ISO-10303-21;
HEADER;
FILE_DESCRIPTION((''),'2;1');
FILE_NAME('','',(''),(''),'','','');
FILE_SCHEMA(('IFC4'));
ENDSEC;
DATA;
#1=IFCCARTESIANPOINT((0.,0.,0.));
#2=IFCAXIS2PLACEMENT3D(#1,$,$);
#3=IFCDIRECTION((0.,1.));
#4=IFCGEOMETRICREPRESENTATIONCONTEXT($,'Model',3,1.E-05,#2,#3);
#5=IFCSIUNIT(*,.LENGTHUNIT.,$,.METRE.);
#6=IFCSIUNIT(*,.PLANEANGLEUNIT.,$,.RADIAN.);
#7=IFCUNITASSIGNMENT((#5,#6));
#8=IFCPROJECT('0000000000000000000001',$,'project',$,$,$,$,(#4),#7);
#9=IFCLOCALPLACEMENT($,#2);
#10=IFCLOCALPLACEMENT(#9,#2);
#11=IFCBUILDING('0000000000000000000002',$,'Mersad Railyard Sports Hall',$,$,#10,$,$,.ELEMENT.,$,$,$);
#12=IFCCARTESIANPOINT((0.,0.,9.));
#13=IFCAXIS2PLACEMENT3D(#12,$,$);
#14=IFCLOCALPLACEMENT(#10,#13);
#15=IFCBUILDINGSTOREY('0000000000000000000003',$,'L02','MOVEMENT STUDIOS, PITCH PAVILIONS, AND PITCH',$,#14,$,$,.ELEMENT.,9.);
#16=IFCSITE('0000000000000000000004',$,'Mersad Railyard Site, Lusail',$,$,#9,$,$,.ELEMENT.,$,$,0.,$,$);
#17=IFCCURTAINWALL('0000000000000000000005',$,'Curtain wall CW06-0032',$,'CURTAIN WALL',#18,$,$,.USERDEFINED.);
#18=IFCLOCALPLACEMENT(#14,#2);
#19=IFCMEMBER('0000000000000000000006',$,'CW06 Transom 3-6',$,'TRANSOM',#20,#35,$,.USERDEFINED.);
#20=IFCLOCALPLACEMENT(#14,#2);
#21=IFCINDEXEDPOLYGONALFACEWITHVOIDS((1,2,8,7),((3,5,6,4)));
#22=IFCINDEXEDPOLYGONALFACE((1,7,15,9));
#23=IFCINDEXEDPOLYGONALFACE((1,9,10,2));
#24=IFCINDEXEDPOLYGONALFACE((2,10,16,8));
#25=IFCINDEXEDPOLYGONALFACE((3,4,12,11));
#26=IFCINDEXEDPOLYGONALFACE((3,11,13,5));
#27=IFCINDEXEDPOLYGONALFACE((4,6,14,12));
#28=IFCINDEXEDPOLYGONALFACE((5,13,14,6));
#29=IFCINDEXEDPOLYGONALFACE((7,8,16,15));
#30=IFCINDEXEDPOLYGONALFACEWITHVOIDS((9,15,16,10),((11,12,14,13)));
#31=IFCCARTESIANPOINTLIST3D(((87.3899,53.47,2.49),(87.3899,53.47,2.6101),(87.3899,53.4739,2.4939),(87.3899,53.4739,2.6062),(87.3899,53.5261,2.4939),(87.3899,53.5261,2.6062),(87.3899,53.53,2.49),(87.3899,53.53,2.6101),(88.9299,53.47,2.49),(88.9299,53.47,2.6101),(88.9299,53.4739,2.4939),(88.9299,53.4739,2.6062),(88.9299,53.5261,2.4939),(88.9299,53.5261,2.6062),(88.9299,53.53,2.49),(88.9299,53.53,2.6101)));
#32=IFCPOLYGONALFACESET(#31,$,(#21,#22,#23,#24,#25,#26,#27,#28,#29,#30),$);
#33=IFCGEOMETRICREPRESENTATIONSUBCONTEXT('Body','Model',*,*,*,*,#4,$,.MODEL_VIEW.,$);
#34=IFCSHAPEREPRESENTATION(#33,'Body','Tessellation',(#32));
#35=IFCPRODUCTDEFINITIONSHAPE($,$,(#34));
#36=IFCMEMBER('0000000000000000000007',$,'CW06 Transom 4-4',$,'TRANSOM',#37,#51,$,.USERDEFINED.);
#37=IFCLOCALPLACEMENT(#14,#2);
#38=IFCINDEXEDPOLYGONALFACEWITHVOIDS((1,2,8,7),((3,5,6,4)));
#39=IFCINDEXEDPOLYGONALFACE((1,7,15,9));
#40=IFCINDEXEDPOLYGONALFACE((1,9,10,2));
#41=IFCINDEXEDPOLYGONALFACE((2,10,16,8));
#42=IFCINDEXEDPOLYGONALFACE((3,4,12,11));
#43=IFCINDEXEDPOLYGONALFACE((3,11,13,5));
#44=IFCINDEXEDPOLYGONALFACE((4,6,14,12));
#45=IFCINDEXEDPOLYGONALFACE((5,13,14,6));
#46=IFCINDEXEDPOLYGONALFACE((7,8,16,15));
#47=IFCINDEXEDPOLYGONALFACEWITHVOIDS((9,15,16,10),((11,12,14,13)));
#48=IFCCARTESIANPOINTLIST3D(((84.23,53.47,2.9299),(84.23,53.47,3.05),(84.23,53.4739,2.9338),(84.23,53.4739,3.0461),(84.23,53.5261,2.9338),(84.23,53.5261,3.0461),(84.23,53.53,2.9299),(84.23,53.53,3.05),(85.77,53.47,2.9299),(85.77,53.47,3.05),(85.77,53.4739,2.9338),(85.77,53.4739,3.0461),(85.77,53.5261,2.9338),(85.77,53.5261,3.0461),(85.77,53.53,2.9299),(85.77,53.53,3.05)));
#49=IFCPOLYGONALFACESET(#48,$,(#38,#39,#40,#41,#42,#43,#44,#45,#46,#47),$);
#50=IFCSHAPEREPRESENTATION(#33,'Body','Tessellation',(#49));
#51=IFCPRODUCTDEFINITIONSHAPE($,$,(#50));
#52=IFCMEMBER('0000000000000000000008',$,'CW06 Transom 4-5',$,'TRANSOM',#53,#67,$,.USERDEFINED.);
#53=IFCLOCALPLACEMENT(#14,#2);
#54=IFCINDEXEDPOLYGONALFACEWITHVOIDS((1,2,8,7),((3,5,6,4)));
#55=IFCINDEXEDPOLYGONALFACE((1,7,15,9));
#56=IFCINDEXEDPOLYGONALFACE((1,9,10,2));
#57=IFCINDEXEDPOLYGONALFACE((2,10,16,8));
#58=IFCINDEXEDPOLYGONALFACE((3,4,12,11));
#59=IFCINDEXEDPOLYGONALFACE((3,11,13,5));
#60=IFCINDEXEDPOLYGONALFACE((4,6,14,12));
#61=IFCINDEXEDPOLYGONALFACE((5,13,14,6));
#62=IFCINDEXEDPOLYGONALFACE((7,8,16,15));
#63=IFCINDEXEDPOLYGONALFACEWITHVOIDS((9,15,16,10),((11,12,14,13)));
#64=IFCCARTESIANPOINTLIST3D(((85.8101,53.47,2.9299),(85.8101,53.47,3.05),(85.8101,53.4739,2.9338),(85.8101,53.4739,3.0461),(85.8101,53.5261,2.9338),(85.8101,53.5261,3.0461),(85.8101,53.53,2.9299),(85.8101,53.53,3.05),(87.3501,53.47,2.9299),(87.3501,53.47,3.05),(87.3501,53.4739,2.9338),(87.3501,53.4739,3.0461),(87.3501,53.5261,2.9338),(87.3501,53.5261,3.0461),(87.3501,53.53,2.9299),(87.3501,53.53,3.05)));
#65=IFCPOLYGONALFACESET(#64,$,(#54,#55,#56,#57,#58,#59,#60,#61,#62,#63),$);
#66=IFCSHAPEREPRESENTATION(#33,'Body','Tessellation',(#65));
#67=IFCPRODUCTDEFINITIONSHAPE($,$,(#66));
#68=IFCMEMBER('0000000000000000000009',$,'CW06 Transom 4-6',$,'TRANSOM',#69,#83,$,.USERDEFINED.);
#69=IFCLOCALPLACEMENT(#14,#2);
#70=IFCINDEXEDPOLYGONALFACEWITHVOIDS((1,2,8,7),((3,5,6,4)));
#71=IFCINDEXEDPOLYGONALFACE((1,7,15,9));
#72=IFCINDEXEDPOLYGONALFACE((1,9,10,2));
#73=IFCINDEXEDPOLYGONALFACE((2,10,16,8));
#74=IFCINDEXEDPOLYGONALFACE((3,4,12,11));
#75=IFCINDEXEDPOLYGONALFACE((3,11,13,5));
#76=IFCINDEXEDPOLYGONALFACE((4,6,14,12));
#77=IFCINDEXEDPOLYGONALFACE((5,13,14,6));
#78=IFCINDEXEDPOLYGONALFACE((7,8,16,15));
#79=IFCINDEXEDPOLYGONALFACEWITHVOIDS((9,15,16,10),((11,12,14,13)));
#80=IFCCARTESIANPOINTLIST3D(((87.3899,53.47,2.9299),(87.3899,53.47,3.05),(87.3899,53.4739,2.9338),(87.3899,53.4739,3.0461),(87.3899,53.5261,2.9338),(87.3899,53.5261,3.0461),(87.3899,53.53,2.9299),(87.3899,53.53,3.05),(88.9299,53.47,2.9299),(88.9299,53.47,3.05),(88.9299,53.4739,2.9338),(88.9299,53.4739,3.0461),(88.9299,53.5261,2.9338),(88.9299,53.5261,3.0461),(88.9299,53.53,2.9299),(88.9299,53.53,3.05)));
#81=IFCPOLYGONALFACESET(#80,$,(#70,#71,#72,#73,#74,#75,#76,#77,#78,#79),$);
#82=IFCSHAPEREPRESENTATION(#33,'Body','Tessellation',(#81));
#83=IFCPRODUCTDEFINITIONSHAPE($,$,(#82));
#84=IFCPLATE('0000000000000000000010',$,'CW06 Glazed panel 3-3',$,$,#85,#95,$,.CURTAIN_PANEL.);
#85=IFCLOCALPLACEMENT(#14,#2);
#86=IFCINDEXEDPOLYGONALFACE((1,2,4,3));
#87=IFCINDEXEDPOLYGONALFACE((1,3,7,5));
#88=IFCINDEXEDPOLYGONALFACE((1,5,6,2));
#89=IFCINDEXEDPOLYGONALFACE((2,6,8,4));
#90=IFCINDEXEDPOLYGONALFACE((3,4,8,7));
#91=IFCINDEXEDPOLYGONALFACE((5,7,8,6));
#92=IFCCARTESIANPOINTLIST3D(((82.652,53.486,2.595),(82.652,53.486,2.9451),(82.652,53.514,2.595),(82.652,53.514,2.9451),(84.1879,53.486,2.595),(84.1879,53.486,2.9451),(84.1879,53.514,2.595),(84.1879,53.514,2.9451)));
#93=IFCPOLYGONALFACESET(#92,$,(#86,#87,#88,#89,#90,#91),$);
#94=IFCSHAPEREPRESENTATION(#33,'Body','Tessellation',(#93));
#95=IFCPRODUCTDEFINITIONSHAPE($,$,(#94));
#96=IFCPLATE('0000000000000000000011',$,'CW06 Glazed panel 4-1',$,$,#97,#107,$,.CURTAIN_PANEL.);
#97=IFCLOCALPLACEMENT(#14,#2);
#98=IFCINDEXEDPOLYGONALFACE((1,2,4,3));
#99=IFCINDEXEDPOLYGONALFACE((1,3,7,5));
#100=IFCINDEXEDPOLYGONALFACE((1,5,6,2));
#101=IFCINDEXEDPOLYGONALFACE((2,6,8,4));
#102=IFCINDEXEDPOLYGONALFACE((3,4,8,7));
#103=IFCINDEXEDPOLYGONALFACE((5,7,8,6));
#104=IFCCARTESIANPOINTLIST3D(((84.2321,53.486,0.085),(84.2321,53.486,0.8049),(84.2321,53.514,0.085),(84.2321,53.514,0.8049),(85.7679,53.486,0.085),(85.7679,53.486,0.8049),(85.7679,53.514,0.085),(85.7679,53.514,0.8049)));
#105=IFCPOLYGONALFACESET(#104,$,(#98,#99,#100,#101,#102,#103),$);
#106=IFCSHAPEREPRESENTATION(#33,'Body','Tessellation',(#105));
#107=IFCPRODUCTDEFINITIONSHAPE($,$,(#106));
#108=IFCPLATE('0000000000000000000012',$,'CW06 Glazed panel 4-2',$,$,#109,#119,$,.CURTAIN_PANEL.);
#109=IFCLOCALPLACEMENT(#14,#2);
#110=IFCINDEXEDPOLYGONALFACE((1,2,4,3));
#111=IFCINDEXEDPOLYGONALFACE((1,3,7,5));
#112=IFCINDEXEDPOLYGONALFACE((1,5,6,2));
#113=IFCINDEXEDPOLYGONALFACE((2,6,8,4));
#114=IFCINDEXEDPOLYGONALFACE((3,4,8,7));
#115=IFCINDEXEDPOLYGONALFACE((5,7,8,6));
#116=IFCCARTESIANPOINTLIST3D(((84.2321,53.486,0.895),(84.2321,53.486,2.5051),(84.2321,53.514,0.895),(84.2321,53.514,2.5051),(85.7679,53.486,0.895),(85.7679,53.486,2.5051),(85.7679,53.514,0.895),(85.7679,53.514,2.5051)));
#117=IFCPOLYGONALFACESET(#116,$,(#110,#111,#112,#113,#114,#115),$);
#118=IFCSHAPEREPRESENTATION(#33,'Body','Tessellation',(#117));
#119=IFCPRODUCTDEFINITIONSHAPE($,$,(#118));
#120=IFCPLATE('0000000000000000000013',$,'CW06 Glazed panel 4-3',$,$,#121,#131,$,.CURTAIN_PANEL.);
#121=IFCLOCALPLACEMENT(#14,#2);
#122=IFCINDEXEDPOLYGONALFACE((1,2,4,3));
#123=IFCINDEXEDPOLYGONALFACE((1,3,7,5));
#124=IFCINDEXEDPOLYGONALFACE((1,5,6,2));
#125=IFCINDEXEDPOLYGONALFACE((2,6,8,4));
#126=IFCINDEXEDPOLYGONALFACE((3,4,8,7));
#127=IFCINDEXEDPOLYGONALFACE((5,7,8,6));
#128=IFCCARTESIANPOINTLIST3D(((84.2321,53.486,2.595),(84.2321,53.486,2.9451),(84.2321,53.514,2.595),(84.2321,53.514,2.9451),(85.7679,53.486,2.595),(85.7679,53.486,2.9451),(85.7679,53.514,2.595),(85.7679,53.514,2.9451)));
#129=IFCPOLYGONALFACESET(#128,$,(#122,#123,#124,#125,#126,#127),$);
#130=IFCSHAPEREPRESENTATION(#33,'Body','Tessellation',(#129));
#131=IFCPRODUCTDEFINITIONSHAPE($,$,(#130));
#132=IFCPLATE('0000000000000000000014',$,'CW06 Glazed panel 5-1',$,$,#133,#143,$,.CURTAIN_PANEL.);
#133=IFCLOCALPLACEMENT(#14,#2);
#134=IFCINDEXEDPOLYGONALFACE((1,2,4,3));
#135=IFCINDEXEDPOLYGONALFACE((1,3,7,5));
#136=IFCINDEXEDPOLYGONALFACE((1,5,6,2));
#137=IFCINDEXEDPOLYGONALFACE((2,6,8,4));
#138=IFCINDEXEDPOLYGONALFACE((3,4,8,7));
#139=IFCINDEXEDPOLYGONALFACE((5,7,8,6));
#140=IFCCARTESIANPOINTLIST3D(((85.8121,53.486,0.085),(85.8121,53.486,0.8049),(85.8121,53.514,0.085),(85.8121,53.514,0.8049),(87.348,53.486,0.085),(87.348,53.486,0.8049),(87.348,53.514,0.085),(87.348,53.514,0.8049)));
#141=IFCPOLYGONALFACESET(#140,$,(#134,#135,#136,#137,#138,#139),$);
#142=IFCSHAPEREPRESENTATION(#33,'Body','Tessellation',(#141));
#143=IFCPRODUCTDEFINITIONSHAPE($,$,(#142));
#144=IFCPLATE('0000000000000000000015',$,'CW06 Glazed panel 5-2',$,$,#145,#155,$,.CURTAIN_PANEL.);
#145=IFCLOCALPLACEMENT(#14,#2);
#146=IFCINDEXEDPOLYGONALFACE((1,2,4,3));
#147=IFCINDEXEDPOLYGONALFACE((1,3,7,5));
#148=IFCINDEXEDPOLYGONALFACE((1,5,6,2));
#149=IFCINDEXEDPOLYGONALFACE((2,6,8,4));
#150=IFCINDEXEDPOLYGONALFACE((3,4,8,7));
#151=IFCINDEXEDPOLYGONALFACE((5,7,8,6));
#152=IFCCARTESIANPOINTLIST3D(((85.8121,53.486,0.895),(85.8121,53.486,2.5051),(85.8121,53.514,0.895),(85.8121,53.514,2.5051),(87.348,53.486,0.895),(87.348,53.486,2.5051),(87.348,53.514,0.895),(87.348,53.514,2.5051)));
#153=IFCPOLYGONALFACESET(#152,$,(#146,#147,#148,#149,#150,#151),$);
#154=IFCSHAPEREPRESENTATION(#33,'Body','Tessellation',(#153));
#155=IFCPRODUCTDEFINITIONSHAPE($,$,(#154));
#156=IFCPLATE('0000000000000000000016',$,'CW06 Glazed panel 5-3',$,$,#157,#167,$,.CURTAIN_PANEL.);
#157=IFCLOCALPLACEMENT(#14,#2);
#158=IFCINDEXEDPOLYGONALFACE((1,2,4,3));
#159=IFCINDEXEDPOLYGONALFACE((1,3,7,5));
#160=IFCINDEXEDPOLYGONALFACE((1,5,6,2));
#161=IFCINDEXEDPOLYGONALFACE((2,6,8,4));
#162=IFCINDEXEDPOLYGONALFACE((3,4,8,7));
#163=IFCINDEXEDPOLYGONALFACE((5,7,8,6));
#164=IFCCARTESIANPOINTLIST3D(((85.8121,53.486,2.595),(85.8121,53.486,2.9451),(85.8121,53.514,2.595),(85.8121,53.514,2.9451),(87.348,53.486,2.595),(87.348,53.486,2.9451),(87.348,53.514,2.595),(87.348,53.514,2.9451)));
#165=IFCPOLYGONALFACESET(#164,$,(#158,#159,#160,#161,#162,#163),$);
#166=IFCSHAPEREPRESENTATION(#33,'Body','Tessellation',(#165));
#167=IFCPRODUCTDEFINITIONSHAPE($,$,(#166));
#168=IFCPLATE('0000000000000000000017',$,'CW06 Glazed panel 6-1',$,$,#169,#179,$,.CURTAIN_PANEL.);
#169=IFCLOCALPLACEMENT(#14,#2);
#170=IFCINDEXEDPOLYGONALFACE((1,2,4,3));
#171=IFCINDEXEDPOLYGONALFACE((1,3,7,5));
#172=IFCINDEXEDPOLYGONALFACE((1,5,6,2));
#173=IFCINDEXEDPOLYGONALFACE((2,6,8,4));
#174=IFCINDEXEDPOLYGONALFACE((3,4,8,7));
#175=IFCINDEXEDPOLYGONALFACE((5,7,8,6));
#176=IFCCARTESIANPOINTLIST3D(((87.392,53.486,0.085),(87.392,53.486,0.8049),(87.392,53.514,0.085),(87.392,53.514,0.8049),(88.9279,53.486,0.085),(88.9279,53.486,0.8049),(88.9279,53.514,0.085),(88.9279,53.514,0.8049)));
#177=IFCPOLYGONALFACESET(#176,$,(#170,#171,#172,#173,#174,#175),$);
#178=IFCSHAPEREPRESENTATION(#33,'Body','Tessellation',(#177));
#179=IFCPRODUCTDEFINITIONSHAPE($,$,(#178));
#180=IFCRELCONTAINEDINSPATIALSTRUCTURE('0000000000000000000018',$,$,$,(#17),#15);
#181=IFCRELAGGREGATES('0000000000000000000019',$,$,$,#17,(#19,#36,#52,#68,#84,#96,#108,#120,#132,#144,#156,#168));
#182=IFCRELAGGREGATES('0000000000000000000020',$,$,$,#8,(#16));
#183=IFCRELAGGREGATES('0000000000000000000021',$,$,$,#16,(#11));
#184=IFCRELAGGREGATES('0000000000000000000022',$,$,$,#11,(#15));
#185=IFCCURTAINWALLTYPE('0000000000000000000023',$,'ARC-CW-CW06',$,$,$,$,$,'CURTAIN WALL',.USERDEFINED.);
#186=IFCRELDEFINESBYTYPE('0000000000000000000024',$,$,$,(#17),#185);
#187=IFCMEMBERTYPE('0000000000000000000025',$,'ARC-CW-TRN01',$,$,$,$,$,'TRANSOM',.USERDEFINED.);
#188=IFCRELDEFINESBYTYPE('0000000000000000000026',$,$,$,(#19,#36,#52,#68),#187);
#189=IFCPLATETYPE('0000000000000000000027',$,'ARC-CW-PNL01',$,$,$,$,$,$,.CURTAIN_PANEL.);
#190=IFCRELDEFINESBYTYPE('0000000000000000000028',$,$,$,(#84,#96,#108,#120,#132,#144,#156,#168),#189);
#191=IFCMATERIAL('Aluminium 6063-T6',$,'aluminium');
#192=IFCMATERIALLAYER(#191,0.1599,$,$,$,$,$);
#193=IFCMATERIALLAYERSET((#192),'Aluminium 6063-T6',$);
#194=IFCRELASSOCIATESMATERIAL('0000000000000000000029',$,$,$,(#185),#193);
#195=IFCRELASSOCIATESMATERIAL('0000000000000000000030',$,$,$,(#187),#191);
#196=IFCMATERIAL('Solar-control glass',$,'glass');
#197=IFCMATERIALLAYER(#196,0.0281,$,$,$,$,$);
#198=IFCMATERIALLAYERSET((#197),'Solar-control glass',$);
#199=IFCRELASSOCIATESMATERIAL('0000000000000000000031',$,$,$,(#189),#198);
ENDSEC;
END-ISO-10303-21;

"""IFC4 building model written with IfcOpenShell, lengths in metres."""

from ifc_helpers import new_model, si_unit, direction, frame, origin, origin_2d, place, context, subcontext, project, spatial, rectangle, hollow_rectangle, extrude, material, layer, layer_set, material_profile, profile_set, type_object, element, aggregate, save


model = new_model("IFC4")

# Units and contexts
model_context = context("Model", 3, precision=1e-05, world=origin(), true_north=direction((0.0, 1.0)))
body_context = subcontext(model_context, "Body", "Model", "MODEL_VIEW")
ifc_project = project(units=[si_unit("LENGTHUNIT", "METRE"), si_unit("PLANEANGLEUNIT", "RADIAN")], contexts=[model_context])

# Site, building, storey
site_placement = place(None, origin())
site = spatial("IfcSite", under=ifc_project, at=site_placement, Name="Mersad Railyard Site, Lusail", CompositionType="ELEMENT", RefElevation=0.0)
building_placement = place(site_placement, origin())
building = spatial("IfcBuilding", under=site, at=building_placement, Name="Mersad Railyard Sports Hall", CompositionType="ELEMENT")
storey_placement = place(building_placement, frame((0.0, 0.0, 9.0)))
storey = spatial("IfcBuildingStorey", under=building, at=storey_placement, Name="L02", Description="MOVEMENT STUDIOS, PITCH PAVILIONS, AND PITCH", CompositionType="ELEMENT", Elevation=9.0)

# Curtain wall, members, plates
ifc_material_1 = material(Name="Aluminium 6063-T6", Category="aluminium")
ifc_layer_1 = layer(ifc_material_1, 0.1599)
ifc_layer_set_1 = layer_set([ifc_layer_1], Name="Aluminium 6063-T6")
curtain_wall_type = type_object("IfcCurtainWallType", Name="ARC-CW-CW06", ElementType="CURTAIN WALL", PredefinedType="USERDEFINED", material=ifc_layer_set_1)
curtain_wall_placement = place(storey_placement, origin())
curtain_wall = element("IfcCurtainWall", 1, at=curtain_wall_placement, inside=storey, type_object=curtain_wall_type, Name="Curtain wall CW06-0032", ObjectType="CURTAIN WALL", PredefinedType="USERDEFINED")
ifc_material_profile_1 = material_profile(ifc_material_1, hollow_rectangle(XDim=0.0601, YDim=0.1201, WallThickness=0.0039, at=origin_2d()), Name="AL TRANSOM 60x120x4")
ifc_profile_set_1 = profile_set([ifc_material_profile_1], Name="Aluminium 6063-T6")
member_type_1 = type_object("IfcMemberType", Name="ARC-CW-TRN01", ElementType="TRANSOM", PredefinedType="USERDEFINED", material=ifc_profile_set_1)
member_1_placement = place(storey_placement, frame((87.3899, 53.5, 2.55), z_axis=(1.0, 0.0, 0.0), x_axis=(0.0, 1.0, 0.0)))
member_1 = element("IfcMember", 2, at=member_1_placement, type_object=member_type_1, Name="CW06 Transom 3-6", ObjectType="TRANSOM", PredefinedType="USERDEFINED", context=body_context, shape_type="SweptSolid", body=[
    extrude(hollow_rectangle(XDim=0.0601, YDim=0.1201, WallThickness=0.0039, at=origin_2d()), origin(), (0.0, 0.0, 1.0), 1.54),
])
member_2_placement = place(storey_placement, frame((84.23, 53.5, 2.99), z_axis=(1.0, 0.0, 0.0), x_axis=(0.0, 1.0, 0.0)))
member_2 = element("IfcMember", 3, at=member_2_placement, type_object=member_type_1, Name="CW06 Transom 4-4", ObjectType="TRANSOM", PredefinedType="USERDEFINED", context=body_context, shape_type="SweptSolid", body=[
    extrude(hollow_rectangle(XDim=0.0601, YDim=0.1201, WallThickness=0.0039, at=origin_2d()), origin(), (0.0, 0.0, 1.0), 1.54),
])
member_3_placement = place(storey_placement, frame((85.8101, 53.5, 2.99), z_axis=(1.0, 0.0, 0.0), x_axis=(0.0, 1.0, 0.0)))
member_3 = element("IfcMember", 4, at=member_3_placement, type_object=member_type_1, Name="CW06 Transom 4-5", ObjectType="TRANSOM", PredefinedType="USERDEFINED", context=body_context, shape_type="SweptSolid", body=[
    extrude(hollow_rectangle(XDim=0.0601, YDim=0.1201, WallThickness=0.0039, at=origin_2d()), origin(), (0.0, 0.0, 1.0), 1.54),
])
member_4_placement = place(storey_placement, frame((87.3899, 53.5, 2.99), z_axis=(1.0, 0.0, 0.0), x_axis=(0.0, 1.0, 0.0)))
member_4 = element("IfcMember", 5, at=member_4_placement, type_object=member_type_1, Name="CW06 Transom 4-6", ObjectType="TRANSOM", PredefinedType="USERDEFINED", context=body_context, shape_type="SweptSolid", body=[
    extrude(hollow_rectangle(XDim=0.0601, YDim=0.1201, WallThickness=0.0039, at=origin_2d()), origin(), (0.0, 0.0, 1.0), 1.54),
])
ifc_material_2 = material(Name="Solar-control glass", Category="glass")
ifc_layer_2 = layer(ifc_material_2, 0.0281)
ifc_layer_set_2 = layer_set([ifc_layer_2], Name="Solar-control glass")
plate_type = type_object("IfcPlateType", Name="ARC-CW-PNL01", PredefinedType="CURTAIN_PANEL", material=ifc_layer_set_2)
plate_1_placement = place(storey_placement, frame((83.4199, 53.5, 2.595), z_axis=(0.0, 0.0, 1.0), x_axis=(1.0, 0.0, 0.0)))
plate_1 = element("IfcPlate", 6, at=plate_1_placement, type_object=plate_type, Name="CW06 Glazed panel 3-3", PredefinedType="CURTAIN_PANEL", context=body_context, shape_type="SweptSolid", body=[
    extrude(rectangle(XDim=1.5359, YDim=0.0281, at=origin_2d()), origin(), (0.0, 0.0, 1.0), 0.3501),
])
plate_2_placement = place(storey_placement, frame((85.0, 53.5, 0.085), z_axis=(0.0, 0.0, 1.0), x_axis=(1.0, 0.0, 0.0)))
plate_2 = element("IfcPlate", 7, at=plate_2_placement, type_object=plate_type, Name="CW06 Glazed panel 4-1", PredefinedType="CURTAIN_PANEL", context=body_context, shape_type="SweptSolid", body=[
    extrude(rectangle(XDim=1.5359, YDim=0.0281, at=origin_2d()), origin(), (0.0, 0.0, 1.0), 0.72),
])
plate_3_placement = place(storey_placement, frame((85.0, 53.5, 0.895), z_axis=(0.0, 0.0, 1.0), x_axis=(1.0, 0.0, 0.0)))
plate_3 = element("IfcPlate", 8, at=plate_3_placement, type_object=plate_type, Name="CW06 Glazed panel 4-2", PredefinedType="CURTAIN_PANEL", context=body_context, shape_type="SweptSolid", body=[
    extrude(rectangle(XDim=1.5359, YDim=0.0281, at=origin_2d()), origin(), (0.0, 0.0, 1.0), 1.6101),
])
plate_4_placement = place(storey_placement, frame((85.0, 53.5, 2.595), z_axis=(0.0, 0.0, 1.0), x_axis=(1.0, 0.0, 0.0)))
plate_4 = element("IfcPlate", 9, at=plate_4_placement, type_object=plate_type, Name="CW06 Glazed panel 4-3", PredefinedType="CURTAIN_PANEL", context=body_context, shape_type="SweptSolid", body=[
    extrude(rectangle(XDim=1.5359, YDim=0.0281, at=origin_2d()), origin(), (0.0, 0.0, 1.0), 0.3501),
])
plate_5_placement = place(storey_placement, frame((86.5801, 53.5, 0.085), z_axis=(0.0, 0.0, 1.0), x_axis=(1.0, 0.0, 0.0)))
plate_5 = element("IfcPlate", 10, at=plate_5_placement, type_object=plate_type, Name="CW06 Glazed panel 5-1", PredefinedType="CURTAIN_PANEL", context=body_context, shape_type="SweptSolid", body=[
    extrude(rectangle(XDim=1.5359, YDim=0.0281, at=origin_2d()), origin(), (0.0, 0.0, 1.0), 0.72),
])
plate_6_placement = place(storey_placement, frame((86.5801, 53.5, 0.895), z_axis=(0.0, 0.0, 1.0), x_axis=(1.0, 0.0, 0.0)))
plate_6 = element("IfcPlate", 11, at=plate_6_placement, type_object=plate_type, Name="CW06 Glazed panel 5-2", PredefinedType="CURTAIN_PANEL", context=body_context, shape_type="SweptSolid", body=[
    extrude(rectangle(XDim=1.5359, YDim=0.0281, at=origin_2d()), origin(), (0.0, 0.0, 1.0), 1.6101),
])
plate_7_placement = place(storey_placement, frame((86.5801, 53.5, 2.595), z_axis=(0.0, 0.0, 1.0), x_axis=(1.0, 0.0, 0.0)))
plate_7 = element("IfcPlate", 12, at=plate_7_placement, type_object=plate_type, Name="CW06 Glazed panel 5-3", PredefinedType="CURTAIN_PANEL", context=body_context, shape_type="SweptSolid", body=[
    extrude(rectangle(XDim=1.5359, YDim=0.0281, at=origin_2d()), origin(), (0.0, 0.0, 1.0), 0.3501),
])
plate_8_placement = place(storey_placement, frame((88.1599, 53.5, 0.085), z_axis=(0.0, 0.0, 1.0), x_axis=(1.0, 0.0, 0.0)))
plate_8 = element("IfcPlate", 13, at=plate_8_placement, type_object=plate_type, Name="CW06 Glazed panel 6-1", PredefinedType="CURTAIN_PANEL", context=body_context, shape_type="SweptSolid", body=[
    extrude(rectangle(XDim=1.5359, YDim=0.0281, at=origin_2d()), origin(), (0.0, 0.0, 1.0), 0.72),
])
aggregate(curtain_wall, [member_1, member_2, member_3, member_4, plate_1, plate_2, plate_3, plate_4, plate_5, plate_6, plate_7, plate_8])

save(model, "model.ifc")
